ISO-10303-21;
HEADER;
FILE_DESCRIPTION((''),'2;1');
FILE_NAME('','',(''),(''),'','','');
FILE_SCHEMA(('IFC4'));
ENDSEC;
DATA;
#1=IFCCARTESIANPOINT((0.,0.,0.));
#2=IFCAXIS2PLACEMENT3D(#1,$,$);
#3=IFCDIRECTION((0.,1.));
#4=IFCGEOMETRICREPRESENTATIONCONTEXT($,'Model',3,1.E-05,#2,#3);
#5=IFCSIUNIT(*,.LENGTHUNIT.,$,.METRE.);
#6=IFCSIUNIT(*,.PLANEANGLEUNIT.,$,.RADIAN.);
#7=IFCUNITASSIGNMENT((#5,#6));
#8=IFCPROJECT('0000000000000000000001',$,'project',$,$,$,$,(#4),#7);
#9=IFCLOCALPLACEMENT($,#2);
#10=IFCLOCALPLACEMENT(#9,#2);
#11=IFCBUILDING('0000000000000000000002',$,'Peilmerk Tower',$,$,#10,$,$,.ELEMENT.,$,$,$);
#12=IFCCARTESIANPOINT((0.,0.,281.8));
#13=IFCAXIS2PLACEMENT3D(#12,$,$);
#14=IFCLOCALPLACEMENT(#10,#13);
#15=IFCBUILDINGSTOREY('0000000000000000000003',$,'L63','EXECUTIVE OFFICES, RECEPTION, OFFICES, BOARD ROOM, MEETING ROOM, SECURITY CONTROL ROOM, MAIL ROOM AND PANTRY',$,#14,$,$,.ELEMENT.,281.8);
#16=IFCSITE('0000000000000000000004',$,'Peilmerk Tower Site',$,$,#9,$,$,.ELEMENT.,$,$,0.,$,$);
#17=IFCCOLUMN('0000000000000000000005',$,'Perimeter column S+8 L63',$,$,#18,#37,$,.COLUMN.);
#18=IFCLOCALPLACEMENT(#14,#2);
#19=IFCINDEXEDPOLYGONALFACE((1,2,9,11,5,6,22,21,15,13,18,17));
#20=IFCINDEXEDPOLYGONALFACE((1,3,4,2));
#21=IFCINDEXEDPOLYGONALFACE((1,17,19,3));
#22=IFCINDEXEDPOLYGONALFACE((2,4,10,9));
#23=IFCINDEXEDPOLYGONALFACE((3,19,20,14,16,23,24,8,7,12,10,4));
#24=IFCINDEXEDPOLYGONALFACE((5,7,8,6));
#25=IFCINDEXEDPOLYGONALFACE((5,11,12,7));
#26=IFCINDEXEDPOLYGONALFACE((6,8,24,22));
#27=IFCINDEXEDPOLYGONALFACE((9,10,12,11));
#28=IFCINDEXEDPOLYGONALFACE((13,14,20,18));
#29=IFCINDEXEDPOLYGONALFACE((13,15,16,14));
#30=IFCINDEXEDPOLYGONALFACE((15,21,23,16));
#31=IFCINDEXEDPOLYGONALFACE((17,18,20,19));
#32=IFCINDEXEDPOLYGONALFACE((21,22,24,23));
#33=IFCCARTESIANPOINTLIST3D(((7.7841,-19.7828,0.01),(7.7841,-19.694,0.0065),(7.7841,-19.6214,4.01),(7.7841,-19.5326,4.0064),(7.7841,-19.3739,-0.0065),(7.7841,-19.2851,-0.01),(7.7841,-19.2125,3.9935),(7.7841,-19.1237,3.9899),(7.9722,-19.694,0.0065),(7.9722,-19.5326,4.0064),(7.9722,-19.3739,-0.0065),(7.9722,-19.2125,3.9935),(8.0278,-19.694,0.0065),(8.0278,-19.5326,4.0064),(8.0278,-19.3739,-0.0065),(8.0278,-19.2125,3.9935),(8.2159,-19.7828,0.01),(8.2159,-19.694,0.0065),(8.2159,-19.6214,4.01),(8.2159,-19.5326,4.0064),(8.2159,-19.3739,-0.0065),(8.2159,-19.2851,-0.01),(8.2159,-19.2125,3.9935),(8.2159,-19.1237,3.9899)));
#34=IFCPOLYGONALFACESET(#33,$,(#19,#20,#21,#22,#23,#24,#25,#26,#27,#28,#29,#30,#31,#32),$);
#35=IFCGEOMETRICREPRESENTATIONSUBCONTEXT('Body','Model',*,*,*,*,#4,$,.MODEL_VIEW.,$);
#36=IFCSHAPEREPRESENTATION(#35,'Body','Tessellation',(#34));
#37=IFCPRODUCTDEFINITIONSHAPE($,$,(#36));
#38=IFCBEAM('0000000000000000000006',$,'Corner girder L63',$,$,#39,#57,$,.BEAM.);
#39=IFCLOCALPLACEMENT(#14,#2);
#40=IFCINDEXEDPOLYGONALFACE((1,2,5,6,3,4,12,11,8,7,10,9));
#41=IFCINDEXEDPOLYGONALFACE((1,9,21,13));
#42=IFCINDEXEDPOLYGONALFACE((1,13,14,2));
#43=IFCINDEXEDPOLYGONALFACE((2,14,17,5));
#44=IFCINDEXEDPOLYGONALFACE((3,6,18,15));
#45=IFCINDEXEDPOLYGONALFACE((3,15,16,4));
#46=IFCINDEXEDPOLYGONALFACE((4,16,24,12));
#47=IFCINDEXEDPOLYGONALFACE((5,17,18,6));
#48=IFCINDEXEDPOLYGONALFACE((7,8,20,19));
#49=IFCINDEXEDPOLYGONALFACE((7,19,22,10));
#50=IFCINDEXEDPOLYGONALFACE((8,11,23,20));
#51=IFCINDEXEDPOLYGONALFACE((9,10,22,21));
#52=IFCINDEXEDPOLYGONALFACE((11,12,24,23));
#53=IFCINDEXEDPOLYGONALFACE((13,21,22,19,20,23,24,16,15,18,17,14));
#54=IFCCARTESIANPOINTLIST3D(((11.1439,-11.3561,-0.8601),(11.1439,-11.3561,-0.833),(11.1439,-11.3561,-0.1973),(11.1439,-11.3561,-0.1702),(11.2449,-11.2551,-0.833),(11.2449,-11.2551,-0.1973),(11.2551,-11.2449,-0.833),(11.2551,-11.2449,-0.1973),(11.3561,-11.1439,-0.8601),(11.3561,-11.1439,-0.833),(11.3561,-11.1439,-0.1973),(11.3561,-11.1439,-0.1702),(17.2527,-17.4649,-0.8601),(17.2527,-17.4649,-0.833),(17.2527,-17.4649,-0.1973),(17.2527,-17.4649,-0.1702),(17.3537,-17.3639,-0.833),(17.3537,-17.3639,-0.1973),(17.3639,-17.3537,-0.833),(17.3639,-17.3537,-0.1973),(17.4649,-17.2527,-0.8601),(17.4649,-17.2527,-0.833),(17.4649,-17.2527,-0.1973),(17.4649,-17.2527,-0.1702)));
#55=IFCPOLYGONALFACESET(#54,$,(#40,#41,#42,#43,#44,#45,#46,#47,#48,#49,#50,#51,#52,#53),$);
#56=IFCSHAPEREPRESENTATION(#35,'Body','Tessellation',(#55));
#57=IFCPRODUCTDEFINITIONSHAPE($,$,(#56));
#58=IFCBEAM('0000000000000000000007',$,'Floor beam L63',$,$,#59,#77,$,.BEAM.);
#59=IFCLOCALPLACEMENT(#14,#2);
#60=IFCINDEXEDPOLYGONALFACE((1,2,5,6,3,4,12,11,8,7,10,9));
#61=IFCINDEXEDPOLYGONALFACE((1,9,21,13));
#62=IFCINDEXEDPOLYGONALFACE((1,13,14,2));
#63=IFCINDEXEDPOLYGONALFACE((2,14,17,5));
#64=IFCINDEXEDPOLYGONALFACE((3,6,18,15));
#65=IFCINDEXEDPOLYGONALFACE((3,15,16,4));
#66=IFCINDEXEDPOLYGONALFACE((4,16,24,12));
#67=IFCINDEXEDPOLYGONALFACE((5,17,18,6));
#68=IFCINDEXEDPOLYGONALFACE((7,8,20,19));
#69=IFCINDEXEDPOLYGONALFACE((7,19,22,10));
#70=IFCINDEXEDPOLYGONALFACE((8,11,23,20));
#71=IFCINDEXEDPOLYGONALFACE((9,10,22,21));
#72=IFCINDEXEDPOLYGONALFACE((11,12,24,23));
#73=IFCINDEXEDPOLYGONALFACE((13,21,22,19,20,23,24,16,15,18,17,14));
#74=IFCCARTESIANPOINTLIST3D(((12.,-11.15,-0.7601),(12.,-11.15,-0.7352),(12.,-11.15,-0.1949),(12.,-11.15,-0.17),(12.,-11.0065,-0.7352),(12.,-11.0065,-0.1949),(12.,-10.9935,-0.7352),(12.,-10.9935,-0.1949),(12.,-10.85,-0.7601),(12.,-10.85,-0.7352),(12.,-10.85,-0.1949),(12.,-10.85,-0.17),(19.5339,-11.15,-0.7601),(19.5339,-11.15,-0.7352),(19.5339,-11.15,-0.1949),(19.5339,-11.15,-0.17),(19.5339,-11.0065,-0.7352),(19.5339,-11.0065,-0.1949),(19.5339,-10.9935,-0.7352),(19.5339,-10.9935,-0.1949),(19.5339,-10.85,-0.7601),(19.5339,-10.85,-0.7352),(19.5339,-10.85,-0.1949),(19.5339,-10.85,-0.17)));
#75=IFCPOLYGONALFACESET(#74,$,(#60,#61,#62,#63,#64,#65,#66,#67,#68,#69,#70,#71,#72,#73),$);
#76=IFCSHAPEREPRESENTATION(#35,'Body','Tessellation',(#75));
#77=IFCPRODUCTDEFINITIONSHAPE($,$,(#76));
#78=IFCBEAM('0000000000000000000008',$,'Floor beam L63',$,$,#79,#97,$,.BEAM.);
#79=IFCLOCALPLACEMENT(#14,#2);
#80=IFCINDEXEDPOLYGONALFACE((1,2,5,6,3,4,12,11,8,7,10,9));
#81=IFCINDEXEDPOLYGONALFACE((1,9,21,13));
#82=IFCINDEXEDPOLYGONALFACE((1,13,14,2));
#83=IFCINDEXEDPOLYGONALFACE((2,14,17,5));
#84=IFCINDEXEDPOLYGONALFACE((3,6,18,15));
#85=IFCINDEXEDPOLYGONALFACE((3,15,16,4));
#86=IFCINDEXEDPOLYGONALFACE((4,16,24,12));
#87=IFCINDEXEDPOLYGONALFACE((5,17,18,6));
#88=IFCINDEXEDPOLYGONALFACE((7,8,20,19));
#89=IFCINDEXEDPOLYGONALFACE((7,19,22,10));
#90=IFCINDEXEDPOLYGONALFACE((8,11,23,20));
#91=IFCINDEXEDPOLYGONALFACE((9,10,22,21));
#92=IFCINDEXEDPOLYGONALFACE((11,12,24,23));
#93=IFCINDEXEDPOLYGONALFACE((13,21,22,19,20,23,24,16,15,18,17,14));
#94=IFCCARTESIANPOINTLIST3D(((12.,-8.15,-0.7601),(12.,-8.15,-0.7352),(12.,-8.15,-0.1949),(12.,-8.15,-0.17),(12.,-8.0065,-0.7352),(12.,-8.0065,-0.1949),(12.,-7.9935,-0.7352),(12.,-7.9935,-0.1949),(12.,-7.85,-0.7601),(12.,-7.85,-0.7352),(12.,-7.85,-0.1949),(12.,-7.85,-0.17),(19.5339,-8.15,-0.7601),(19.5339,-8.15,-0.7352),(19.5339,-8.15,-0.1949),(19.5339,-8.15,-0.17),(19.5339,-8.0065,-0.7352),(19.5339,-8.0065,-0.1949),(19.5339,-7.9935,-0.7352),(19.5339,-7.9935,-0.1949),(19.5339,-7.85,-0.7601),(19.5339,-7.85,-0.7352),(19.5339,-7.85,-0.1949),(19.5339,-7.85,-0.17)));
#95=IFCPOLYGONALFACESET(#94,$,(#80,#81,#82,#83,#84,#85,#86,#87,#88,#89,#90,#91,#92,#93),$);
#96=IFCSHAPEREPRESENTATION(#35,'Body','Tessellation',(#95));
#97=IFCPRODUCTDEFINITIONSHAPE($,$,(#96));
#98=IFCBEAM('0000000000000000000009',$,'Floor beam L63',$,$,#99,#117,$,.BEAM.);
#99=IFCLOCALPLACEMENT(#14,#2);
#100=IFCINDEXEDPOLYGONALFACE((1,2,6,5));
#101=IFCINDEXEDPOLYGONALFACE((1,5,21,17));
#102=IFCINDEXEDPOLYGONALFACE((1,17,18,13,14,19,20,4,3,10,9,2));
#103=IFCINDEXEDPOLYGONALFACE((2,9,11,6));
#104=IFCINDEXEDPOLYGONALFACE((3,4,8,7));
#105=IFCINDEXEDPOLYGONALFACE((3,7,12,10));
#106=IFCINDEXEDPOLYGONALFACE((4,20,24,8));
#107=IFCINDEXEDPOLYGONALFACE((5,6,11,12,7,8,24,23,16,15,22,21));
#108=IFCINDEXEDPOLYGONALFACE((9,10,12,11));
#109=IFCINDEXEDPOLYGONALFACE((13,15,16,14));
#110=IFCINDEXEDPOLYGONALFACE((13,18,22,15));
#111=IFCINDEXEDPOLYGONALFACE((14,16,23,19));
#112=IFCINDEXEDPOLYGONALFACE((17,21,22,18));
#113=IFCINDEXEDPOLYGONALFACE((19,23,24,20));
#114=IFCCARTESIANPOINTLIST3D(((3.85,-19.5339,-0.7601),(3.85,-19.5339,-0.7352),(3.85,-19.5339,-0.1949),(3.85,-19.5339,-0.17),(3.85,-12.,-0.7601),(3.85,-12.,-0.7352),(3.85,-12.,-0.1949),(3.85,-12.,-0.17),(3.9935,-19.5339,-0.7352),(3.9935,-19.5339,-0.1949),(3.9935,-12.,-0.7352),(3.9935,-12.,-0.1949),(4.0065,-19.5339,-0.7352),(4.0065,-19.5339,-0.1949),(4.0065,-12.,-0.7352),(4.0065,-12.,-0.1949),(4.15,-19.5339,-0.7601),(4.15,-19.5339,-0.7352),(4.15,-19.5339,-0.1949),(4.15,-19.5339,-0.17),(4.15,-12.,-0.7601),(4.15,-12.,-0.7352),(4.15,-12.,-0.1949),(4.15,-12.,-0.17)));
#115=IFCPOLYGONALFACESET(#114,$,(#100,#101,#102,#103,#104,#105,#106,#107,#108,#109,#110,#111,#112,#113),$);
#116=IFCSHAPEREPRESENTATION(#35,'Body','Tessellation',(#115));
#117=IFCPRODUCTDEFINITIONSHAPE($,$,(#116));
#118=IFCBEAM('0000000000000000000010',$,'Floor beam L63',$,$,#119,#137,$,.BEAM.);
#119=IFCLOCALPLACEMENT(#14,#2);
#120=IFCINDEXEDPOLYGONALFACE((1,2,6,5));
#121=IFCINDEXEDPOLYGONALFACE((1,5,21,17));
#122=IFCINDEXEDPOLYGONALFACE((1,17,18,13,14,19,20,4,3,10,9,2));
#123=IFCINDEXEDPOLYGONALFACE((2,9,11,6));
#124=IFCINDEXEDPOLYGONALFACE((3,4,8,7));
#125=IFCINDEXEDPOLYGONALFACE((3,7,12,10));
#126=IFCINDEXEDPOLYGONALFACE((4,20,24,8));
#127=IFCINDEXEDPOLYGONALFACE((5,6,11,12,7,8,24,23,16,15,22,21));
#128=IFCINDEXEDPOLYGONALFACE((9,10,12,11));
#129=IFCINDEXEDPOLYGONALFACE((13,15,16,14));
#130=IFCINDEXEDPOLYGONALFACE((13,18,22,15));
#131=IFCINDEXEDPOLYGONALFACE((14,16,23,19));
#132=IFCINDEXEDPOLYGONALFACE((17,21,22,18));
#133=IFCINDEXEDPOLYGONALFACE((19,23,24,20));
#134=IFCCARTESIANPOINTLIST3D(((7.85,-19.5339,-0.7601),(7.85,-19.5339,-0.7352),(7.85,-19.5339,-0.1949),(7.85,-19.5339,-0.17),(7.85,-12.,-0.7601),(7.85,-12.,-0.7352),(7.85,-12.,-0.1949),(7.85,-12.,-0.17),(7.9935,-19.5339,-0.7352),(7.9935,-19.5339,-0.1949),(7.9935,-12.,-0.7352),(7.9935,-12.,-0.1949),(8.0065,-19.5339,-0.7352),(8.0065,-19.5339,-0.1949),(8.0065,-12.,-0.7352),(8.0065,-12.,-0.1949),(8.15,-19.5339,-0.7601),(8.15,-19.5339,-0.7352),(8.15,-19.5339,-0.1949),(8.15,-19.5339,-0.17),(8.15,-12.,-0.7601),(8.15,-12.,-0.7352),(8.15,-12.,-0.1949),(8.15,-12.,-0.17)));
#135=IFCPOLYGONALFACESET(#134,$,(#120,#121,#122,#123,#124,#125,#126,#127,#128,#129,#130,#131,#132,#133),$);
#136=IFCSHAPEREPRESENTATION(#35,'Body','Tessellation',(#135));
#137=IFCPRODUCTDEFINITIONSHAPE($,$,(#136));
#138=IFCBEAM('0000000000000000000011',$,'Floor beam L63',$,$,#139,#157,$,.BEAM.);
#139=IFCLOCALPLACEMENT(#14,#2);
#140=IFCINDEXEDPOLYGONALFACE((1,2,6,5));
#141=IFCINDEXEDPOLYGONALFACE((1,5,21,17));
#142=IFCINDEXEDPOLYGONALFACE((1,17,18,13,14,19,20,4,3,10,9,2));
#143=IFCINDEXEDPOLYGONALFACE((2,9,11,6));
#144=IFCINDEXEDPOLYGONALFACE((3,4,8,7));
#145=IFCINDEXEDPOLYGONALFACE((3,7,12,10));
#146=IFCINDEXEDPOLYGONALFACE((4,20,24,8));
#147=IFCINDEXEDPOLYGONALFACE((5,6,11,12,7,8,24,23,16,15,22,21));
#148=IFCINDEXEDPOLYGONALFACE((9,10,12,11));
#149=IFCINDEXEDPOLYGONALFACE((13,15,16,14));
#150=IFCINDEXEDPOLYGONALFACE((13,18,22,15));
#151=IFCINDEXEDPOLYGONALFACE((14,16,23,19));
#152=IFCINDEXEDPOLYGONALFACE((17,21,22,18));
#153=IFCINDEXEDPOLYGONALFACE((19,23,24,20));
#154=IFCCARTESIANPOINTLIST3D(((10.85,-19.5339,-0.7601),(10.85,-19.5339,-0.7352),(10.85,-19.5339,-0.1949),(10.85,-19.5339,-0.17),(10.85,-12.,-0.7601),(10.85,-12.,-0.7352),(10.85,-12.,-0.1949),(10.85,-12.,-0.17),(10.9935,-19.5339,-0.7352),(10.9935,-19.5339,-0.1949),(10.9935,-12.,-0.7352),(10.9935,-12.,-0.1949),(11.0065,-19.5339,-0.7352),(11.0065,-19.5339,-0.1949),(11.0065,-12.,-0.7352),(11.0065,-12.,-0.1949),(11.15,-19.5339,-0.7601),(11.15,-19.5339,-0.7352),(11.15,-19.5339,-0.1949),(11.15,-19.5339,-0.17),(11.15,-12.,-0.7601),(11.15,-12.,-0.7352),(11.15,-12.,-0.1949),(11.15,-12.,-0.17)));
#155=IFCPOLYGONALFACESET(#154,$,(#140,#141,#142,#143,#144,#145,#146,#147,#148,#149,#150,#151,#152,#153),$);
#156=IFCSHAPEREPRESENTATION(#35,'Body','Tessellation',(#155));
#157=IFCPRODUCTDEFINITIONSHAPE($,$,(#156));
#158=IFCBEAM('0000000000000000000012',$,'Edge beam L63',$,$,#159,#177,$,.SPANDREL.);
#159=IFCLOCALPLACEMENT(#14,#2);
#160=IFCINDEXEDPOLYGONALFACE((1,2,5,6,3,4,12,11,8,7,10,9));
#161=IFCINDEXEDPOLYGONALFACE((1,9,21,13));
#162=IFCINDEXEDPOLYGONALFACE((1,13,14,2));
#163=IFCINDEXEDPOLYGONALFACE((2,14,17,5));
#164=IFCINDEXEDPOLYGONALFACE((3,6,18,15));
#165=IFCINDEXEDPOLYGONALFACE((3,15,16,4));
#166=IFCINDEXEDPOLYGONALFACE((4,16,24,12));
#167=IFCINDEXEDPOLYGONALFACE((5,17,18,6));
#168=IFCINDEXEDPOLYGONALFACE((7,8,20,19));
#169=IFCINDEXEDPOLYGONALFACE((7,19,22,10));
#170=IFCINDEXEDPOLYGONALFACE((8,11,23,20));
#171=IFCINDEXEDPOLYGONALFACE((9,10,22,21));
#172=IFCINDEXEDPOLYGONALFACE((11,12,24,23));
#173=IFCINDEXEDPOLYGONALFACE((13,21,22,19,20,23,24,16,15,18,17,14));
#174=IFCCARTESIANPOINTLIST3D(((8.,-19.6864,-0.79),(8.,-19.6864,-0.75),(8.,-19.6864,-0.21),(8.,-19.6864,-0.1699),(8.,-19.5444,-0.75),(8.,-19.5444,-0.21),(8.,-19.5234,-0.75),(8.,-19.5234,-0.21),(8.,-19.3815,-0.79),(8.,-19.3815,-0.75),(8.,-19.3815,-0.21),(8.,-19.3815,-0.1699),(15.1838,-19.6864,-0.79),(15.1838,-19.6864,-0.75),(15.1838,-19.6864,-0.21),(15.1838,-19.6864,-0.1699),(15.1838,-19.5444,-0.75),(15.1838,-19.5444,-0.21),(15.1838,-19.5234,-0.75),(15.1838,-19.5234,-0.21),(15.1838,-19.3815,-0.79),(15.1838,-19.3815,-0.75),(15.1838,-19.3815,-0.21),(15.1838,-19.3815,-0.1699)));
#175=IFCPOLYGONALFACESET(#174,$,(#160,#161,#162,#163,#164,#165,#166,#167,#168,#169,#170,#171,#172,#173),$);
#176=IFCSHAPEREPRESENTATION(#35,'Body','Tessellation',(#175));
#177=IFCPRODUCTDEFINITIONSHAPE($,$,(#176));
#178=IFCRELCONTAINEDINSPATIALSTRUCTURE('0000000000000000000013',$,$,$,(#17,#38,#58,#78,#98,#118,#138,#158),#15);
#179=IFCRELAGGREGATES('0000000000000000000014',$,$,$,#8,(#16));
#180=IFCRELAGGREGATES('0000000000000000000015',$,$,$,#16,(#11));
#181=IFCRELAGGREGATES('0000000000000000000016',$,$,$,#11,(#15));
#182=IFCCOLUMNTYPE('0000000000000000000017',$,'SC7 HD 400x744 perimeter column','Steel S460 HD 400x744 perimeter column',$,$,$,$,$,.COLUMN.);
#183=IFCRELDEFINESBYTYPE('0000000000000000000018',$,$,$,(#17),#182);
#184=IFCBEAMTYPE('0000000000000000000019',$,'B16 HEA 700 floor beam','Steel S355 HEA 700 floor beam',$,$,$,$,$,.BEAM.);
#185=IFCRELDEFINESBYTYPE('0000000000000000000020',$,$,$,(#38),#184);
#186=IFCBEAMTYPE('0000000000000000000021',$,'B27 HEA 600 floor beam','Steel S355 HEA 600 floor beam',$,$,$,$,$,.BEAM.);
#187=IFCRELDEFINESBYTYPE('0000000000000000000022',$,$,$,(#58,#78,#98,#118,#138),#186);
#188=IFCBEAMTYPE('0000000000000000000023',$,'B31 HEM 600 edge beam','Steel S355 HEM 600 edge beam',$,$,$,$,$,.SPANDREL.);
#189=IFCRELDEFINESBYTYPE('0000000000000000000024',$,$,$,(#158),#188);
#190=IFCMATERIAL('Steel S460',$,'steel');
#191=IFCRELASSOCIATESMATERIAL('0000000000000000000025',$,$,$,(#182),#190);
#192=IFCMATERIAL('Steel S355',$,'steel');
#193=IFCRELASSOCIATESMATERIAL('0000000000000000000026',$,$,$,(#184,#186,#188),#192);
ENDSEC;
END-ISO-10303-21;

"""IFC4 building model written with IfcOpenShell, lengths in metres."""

from ifc_helpers import new_model, si_unit, direction, frame, origin, origin_2d, place, context, subcontext, project, spatial, i_section, extrude, material, material_profile, profile_set, type_object, element, save


model = new_model("IFC4")

# Units and contexts
model_context = context("Model", 3, precision=1e-05, world=origin(), true_north=direction((0.0, 1.0)))
body_context = subcontext(model_context, "Body", "Model", "MODEL_VIEW")
ifc_project = project(units=[si_unit("LENGTHUNIT", "METRE"), si_unit("PLANEANGLEUNIT", "RADIAN")], contexts=[model_context])

# Site, building, storey
site_placement = place(None, origin())
site = spatial("IfcSite", under=ifc_project, at=site_placement, Name="Peilmerk Tower Site", CompositionType="ELEMENT", RefElevation=0.0)
building_placement = place(site_placement, origin())
building = spatial("IfcBuilding", under=site, at=building_placement, Name="Peilmerk Tower", CompositionType="ELEMENT")
storey_placement = place(building_placement, frame((0.0, 0.0, 281.8)))
storey = spatial("IfcBuildingStorey", under=building, at=storey_placement, Name="L63", Description="EXECUTIVE OFFICES, RECEPTION, OFFICES, BOARD ROOM, MEETING ROOM, SECURITY CONTROL ROOM, MAIL ROOM AND PANTRY", CompositionType="ELEMENT", Elevation=281.8)

# Column
ifc_material_1 = material(Name="Steel S460", Category="steel")
ifc_material_profile_1 = material_profile(ifc_material_1, i_section(OverallWidth=0.4319, OverallDepth=0.498, WebThickness=0.0557, FlangeThickness=0.0889, at=origin_2d()), Name="HD 400x744")
ifc_profile_set_1 = profile_set([ifc_material_profile_1], Name="Steel S460")
column_type = type_object("IfcColumnType", Name="SC7 HD 400x744 perimeter column", Description="Steel S460 HD 400x744 perimeter column", PredefinedType="COLUMN", material=ifc_profile_set_1)
column_placement = place(storey_placement, frame((8.0, -19.5339, 0.0), z_axis=(0.0, 0.040311, 0.999187), x_axis=(-1.0, 0.0, 0.0)))
element("IfcColumn", 1, at=column_placement, inside=storey, type_object=column_type, Name="Perimeter column S+8 L63", PredefinedType="COLUMN", context=body_context, shape_type="SweptSolid", body=[
    extrude(i_section(OverallWidth=0.4319, OverallDepth=0.498, WebThickness=0.0557, FlangeThickness=0.0889, at=origin_2d()), origin(), (0.0, 0.0, 1.0), 4.0032),
])

# Beams
ifc_material_2 = material(Name="Steel S355", Category="steel")
ifc_material_profile_2 = material_profile(ifc_material_2, i_section(OverallWidth=0.3, OverallDepth=0.6899, WebThickness=0.0144, FlangeThickness=0.0271, at=origin_2d()), Name="HEA 700")
ifc_profile_set_2 = profile_set([ifc_material_profile_2], Name="Steel S355")
beam_type_1 = type_object("IfcBeamType", Name="B16 HEA 700 floor beam", Description="Steel S355 HEA 700 floor beam", PredefinedType="BEAM", material=ifc_profile_set_2)
beam_1_placement = place(storey_placement, frame((11.25, -11.25, -0.5151), z_axis=(0.707107, -0.707107, 0.0), x_axis=(0.707107, 0.707107, 0.0)))
element("IfcBeam", 2, at=beam_1_placement, inside=storey, type_object=beam_type_1, Name="Corner girder L63", PredefinedType="BEAM", context=body_context, shape_type="SweptSolid", body=[
    extrude(i_section(OverallWidth=0.3, OverallDepth=0.6899, WebThickness=0.0144, FlangeThickness=0.0271, at=origin_2d()), origin(), (0.0, 0.0, 1.0), 8.6392),
])
ifc_material_profile_3 = material_profile(ifc_material_2, i_section(OverallWidth=0.3, OverallDepth=0.5901, WebThickness=0.0129, FlangeThickness=0.0249, at=origin_2d()), Name="HEA 600")
ifc_profile_set_3 = profile_set([ifc_material_profile_3], Name="Steel S355")
beam_type_2 = type_object("IfcBeamType", Name="B27 HEA 600 floor beam", Description="Steel S355 HEA 600 floor beam", PredefinedType="BEAM", material=ifc_profile_set_3)
for number, where, z_axis, x_axis, name in (
    (3, (12.0, -11.0, -0.4651), (1.0, 0.0, 0.0), (0.0, 1.0, 0.0), "Floor beam L63"),
    (4, (12.0, -8.0, -0.4651), (1.0, 0.0, 0.0), (0.0, 1.0, 0.0), "Floor beam L63"),
    (5, (4.0, -12.0, -0.4651), (0.0, -1.0, 0.0), (1.0, 0.0, 0.0), "Floor beam L63"),
    (6, (8.0, -12.0, -0.4651), (0.0, -1.0, 0.0), (1.0, 0.0, 0.0), "Floor beam L63"),
    (7, (11.0, -12.0, -0.4651), (0.0, -1.0, 0.0), (1.0, 0.0, 0.0), "Floor beam L63"),
):
    element("IfcBeam", number, at=place(storey_placement, frame(where, z_axis=z_axis, x_axis=x_axis)), inside=storey, type_object=beam_type_2, Name=name, PredefinedType="BEAM", context=body_context, shape_type="SweptSolid", body=[
        extrude(i_section(OverallWidth=0.3, OverallDepth=0.5901, WebThickness=0.0129, FlangeThickness=0.0249, at=origin_2d()), origin(), (0.0, 0.0, 1.0), 7.5339),
    ])
ifc_material_profile_4 = material_profile(ifc_material_2, i_section(OverallWidth=0.3049, OverallDepth=0.6201, WebThickness=0.021, FlangeThickness=0.04, at=origin_2d()), Name="HEM 600")
ifc_profile_set_4 = profile_set([ifc_material_profile_4], Name="Steel S355")
beam_type_3 = type_object("IfcBeamType", Name="B31 HEM 600 edge beam", Description="Steel S355 HEM 600 edge beam", PredefinedType="SPANDREL", material=ifc_profile_set_4)
beam_2_placement = place(storey_placement, frame((8.0, -19.5339, -0.48), z_axis=(1.0, 0.0, 0.0), x_axis=(0.0, 1.0, 0.0)))
element("IfcBeam", 8, at=beam_2_placement, inside=storey, type_object=beam_type_3, Name="Edge beam L63", PredefinedType="SPANDREL", context=body_context, shape_type="SweptSolid", body=[
    extrude(i_section(OverallWidth=0.3049, OverallDepth=0.6201, WebThickness=0.021, FlangeThickness=0.04, at=origin_2d()), origin(), (0.0, 0.0, 1.0), 7.1838),
])

save(model, "model.ifc")
